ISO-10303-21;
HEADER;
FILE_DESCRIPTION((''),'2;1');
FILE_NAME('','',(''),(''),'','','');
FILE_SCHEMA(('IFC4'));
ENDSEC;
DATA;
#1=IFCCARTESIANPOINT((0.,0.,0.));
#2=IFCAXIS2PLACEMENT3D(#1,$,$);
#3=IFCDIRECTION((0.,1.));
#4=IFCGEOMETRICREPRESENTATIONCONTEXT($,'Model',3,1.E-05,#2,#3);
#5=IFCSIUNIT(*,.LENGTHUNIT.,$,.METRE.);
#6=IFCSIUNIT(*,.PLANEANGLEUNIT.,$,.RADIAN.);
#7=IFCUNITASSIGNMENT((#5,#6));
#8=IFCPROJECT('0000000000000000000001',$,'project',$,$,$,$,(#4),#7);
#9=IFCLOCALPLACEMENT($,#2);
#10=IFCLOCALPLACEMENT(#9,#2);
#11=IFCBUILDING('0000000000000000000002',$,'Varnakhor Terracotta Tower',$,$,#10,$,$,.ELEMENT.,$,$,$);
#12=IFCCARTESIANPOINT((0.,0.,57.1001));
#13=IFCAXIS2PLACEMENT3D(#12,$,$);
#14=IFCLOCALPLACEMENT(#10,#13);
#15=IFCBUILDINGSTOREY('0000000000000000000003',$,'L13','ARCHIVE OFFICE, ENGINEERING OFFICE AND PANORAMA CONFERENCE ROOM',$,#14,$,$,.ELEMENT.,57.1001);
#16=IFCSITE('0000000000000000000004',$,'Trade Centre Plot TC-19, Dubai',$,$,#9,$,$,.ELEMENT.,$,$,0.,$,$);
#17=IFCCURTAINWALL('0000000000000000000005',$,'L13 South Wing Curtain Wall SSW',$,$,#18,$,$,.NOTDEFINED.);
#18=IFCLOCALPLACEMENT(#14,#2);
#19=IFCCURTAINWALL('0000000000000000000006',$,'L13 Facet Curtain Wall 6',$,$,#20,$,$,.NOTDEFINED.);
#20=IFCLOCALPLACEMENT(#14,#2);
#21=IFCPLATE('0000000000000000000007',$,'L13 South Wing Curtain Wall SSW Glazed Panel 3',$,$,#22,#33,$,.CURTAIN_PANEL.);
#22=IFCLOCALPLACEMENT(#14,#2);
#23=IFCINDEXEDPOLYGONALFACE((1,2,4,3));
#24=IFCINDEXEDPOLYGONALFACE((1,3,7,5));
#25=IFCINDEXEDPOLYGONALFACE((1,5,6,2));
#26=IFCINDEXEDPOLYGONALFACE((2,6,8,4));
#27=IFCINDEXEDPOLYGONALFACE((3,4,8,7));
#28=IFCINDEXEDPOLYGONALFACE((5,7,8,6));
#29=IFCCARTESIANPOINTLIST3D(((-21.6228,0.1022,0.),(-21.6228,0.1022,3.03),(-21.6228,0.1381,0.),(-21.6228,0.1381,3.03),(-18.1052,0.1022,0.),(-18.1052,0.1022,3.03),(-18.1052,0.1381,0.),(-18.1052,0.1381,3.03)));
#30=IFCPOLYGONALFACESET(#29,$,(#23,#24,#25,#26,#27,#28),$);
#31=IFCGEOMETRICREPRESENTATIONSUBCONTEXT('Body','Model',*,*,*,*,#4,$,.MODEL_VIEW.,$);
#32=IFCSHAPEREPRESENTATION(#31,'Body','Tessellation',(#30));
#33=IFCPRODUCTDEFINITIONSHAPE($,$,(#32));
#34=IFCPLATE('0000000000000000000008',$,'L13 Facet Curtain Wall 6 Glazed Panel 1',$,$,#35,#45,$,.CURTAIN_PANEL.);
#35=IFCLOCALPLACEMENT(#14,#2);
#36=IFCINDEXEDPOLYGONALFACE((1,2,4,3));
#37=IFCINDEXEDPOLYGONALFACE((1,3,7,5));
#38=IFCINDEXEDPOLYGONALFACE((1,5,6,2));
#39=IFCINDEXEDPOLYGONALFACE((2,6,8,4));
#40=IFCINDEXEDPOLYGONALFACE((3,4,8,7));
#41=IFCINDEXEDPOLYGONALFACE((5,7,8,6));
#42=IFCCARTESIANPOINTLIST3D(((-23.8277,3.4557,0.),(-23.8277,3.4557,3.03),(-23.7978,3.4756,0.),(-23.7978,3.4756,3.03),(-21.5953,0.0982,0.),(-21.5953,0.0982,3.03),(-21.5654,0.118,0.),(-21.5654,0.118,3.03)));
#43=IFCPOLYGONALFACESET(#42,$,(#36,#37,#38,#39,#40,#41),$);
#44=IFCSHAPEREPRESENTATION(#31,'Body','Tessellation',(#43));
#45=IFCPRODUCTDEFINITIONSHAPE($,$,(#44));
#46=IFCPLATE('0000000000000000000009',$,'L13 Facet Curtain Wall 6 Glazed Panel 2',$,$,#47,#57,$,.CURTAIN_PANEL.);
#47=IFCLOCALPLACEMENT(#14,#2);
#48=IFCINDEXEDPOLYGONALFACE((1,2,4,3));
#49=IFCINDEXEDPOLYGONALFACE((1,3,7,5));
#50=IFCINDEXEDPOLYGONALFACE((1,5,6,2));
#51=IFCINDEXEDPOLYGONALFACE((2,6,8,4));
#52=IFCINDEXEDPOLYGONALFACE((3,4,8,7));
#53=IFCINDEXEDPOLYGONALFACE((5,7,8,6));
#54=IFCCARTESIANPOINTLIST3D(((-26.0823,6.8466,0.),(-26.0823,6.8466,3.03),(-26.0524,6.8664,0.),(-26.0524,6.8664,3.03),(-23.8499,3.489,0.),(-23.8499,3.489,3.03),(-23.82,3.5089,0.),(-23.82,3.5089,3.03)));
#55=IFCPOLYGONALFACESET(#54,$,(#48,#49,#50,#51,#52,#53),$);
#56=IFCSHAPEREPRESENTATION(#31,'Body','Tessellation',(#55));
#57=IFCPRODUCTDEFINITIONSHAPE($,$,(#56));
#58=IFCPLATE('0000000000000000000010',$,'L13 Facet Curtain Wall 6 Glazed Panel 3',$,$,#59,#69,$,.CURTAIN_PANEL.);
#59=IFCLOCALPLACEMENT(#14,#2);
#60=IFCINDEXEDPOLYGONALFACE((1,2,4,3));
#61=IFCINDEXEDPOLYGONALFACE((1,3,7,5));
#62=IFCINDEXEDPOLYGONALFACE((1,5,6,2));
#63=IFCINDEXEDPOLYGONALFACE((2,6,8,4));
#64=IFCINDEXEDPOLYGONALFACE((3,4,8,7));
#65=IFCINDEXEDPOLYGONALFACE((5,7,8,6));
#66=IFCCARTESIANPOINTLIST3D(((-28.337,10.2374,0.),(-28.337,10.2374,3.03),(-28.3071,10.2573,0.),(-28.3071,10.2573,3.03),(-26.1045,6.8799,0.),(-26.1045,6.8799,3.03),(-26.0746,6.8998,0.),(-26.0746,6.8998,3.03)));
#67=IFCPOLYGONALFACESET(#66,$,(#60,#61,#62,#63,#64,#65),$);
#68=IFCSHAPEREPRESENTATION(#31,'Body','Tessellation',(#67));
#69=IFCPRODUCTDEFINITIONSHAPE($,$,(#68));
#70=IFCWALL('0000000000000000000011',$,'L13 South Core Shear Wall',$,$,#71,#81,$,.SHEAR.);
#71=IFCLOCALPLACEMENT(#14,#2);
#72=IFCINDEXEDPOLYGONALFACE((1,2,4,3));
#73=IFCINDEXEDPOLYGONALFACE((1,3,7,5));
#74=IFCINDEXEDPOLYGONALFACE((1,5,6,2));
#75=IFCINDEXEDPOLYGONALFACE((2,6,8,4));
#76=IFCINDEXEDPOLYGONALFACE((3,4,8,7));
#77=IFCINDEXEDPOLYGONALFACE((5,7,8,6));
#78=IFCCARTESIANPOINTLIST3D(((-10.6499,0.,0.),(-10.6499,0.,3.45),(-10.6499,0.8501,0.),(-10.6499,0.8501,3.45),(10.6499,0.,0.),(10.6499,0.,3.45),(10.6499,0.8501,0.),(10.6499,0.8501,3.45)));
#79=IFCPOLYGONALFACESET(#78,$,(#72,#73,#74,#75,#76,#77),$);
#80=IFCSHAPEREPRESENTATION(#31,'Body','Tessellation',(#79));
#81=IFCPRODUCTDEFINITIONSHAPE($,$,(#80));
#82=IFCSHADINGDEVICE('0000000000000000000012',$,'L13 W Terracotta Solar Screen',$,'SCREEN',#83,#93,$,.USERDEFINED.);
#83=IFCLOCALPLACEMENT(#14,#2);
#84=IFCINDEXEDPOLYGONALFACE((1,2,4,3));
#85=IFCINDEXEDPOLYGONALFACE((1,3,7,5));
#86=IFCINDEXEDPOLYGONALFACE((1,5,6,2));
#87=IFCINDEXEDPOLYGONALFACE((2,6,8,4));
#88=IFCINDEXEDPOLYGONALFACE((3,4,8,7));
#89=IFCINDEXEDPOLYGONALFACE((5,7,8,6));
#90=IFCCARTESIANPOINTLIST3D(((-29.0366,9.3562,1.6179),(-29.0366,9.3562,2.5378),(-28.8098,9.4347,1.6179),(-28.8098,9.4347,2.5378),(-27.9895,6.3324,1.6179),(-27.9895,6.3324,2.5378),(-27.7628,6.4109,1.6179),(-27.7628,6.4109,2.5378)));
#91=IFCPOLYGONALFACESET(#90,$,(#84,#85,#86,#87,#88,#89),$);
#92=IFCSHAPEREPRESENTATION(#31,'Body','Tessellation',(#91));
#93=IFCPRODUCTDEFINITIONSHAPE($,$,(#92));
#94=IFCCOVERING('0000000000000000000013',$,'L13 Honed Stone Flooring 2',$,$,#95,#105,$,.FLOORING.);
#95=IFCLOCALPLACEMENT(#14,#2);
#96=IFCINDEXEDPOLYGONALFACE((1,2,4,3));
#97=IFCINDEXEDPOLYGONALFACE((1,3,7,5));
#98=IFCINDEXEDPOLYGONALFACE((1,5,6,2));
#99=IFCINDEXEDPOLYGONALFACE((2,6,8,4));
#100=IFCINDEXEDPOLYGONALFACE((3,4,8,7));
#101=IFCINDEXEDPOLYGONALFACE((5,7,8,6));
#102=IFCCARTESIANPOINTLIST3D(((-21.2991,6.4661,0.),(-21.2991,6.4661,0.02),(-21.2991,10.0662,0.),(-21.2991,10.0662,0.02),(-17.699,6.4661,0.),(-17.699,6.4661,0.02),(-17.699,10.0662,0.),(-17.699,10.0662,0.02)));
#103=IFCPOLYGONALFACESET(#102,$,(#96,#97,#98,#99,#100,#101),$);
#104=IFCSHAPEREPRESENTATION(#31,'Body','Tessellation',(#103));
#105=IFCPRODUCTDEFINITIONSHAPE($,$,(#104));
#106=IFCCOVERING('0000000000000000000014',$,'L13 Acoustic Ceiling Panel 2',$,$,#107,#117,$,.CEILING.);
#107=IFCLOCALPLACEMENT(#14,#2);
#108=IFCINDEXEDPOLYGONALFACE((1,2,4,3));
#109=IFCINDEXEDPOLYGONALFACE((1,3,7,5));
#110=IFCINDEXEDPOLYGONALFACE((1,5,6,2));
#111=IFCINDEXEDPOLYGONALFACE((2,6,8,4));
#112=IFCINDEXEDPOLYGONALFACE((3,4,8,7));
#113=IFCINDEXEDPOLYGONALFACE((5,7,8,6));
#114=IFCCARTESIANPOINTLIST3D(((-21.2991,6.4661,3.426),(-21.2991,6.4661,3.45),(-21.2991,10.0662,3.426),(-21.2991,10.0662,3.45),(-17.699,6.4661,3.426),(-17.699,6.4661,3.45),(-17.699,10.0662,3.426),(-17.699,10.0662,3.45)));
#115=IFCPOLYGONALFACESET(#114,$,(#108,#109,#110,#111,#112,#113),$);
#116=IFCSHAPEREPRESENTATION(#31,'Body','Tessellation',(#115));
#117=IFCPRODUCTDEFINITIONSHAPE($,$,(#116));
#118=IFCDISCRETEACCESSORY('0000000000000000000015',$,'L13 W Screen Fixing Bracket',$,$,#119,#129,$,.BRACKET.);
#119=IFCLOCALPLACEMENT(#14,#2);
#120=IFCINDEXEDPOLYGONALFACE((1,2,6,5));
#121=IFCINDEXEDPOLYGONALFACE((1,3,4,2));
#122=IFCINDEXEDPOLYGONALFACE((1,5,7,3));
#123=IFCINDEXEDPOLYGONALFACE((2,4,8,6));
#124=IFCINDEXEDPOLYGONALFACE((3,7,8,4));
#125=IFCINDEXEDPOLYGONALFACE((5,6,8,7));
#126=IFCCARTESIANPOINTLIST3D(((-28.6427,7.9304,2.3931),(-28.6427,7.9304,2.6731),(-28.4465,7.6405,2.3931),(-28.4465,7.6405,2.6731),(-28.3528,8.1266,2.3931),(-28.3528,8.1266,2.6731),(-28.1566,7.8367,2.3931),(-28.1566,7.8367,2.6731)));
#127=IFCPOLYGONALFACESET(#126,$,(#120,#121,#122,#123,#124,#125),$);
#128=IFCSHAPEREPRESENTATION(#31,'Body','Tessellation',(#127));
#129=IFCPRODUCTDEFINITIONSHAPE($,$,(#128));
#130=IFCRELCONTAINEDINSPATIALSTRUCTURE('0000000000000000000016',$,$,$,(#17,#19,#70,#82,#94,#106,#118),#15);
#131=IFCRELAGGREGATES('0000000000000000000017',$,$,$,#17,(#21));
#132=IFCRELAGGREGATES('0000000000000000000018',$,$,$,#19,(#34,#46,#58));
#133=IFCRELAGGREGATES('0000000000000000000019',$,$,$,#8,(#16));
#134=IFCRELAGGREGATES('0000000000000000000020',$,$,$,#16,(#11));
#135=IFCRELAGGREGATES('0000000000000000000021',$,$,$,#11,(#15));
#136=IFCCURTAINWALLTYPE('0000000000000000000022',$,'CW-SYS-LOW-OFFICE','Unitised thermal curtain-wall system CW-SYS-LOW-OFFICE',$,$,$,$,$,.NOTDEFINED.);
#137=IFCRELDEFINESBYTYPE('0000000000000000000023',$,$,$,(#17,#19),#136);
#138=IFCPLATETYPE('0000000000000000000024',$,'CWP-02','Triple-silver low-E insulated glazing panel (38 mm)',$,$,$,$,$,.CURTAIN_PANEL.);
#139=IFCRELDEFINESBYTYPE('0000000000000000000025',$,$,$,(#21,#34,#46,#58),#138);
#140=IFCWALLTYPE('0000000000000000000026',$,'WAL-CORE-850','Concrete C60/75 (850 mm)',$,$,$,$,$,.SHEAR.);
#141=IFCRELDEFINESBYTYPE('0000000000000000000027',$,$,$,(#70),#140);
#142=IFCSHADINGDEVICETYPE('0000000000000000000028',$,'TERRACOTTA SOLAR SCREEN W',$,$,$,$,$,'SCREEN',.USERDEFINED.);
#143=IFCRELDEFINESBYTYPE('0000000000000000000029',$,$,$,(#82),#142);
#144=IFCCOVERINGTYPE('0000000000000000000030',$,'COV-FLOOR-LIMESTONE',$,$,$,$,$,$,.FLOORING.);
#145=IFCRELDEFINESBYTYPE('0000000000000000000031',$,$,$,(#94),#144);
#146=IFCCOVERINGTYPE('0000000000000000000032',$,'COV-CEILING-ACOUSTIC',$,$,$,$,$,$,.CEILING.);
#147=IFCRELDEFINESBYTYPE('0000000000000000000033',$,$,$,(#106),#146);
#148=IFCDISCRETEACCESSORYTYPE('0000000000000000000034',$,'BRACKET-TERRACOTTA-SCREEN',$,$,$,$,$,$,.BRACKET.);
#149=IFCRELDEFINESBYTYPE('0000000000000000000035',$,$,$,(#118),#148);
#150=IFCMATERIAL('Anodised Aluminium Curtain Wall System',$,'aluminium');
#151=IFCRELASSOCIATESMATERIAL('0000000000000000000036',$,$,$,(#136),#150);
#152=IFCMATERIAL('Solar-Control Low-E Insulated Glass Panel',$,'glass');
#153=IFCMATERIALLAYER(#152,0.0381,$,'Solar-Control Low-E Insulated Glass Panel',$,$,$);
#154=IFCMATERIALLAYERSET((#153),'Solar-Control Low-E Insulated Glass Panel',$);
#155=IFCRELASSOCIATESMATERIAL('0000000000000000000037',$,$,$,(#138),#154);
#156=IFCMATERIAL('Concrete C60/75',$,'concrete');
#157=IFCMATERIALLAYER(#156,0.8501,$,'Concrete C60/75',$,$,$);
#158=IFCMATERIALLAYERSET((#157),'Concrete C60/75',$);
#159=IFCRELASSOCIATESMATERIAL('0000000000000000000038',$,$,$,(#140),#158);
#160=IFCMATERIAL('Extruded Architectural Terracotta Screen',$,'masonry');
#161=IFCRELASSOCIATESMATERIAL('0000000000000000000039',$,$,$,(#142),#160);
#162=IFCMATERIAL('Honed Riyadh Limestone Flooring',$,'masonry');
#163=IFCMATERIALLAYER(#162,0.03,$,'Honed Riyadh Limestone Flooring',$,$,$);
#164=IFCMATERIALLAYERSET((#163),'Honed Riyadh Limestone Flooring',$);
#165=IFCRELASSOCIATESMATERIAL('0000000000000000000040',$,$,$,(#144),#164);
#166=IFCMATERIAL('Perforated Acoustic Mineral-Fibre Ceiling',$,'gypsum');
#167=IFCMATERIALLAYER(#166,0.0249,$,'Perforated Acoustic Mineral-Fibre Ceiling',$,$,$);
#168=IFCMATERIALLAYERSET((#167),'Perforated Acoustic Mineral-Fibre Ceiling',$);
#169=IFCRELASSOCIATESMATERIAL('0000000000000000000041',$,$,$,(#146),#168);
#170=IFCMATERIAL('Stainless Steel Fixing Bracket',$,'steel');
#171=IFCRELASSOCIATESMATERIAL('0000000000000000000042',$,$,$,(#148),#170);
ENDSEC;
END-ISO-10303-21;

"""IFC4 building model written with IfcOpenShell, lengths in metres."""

from ifc_helpers import new_model, si_unit, direction, frame, frame_2d, origin, origin_2d, place, context, subcontext, project, spatial, rectangle, extrude, source, transform, mapped, material, layer, layer_set, type_object, type_shapes, element, aggregate, save


model = new_model("IFC4")

# Units and contexts
model_context = context("Model", 3, precision=1e-05, world=origin(), true_north=direction((0.0, 1.0)))
body_context = subcontext(model_context, "Body", "Model", "MODEL_VIEW")
ifc_project = project(units=[si_unit("LENGTHUNIT", "METRE"), si_unit("PLANEANGLEUNIT", "RADIAN")], contexts=[model_context])

# Site, building, storey
site_placement = place(None, origin())
site = spatial("IfcSite", under=ifc_project, at=site_placement, Name="Trade Centre Plot TC-19, Dubai", CompositionType="ELEMENT", RefElevation=0.0)
building_placement = place(site_placement, origin())
building = spatial("IfcBuilding", under=site, at=building_placement, Name="Varnakhor Terracotta Tower", CompositionType="ELEMENT")
storey_placement = place(building_placement, frame((0.0, 0.0, 57.1001)))
storey = spatial("IfcBuildingStorey", under=building, at=storey_placement, Name="L13", Description="ARCHIVE OFFICE, ENGINEERING OFFICE AND PANORAMA CONFERENCE ROOM", CompositionType="ELEMENT", Elevation=57.1001)

# Shared definitions
ifc_material_1 = material(Name="Anodised Aluminium Curtain Wall System", Category="aluminium")
curtain_wall_type = type_object("IfcCurtainWallType", Name="CW-SYS-LOW-OFFICE", Description="Unitised thermal curtain-wall system CW-SYS-LOW-OFFICE", PredefinedType="NOTDEFINED", material=ifc_material_1)

# Curtain walls
curtain_wall_1_placement = place(storey_placement, origin())
curtain_wall_1 = element("IfcCurtainWall", 1, at=curtain_wall_1_placement, inside=storey, type_object=curtain_wall_type, Name="L13 South Wing Curtain Wall SSW", PredefinedType="NOTDEFINED")
curtain_wall_2_placement = place(storey_placement, origin())
curtain_wall_2 = element("IfcCurtainWall", 2, at=curtain_wall_2_placement, inside=storey, type_object=curtain_wall_type, Name="L13 Facet Curtain Wall 6", PredefinedType="NOTDEFINED")

# Plates
ifc_material_2 = material(Name="Solar-Control Low-E Insulated Glass Panel", Category="glass")
ifc_layer_1 = layer(ifc_material_2, 0.0381, Name="Solar-Control Low-E Insulated Glass Panel")
ifc_layer_set_1 = layer_set([ifc_layer_1], Name="Solar-Control Low-E Insulated Glass Panel")
plate_type = type_object("IfcPlateType", Name="CWP-02", Description="Triple-silver low-E insulated glazing panel (38 mm)", PredefinedType="CURTAIN_PANEL", material=ifc_layer_set_1)
shared_shape_1 = source(origin(), body_context, "Body", "SweptSolid", [
    extrude(rectangle(XDim=3.5176, YDim=0.0359, at=origin_2d()), origin(), (0.0, 0.0, 1.0), 3.03),
])
plate_1_placement = place(storey_placement, frame((-19.864, 0.1201, 0.0), z_axis=(0.0, 0.0, 1.0), x_axis=(-1.0, 0.0, 0.0)))
plate_1 = element("IfcPlate", 3, at=plate_1_placement, type_object=plate_type, Name="L13 South Wing Curtain Wall SSW Glazed Panel 3", PredefinedType="CURTAIN_PANEL", context=body_context, shape_type="MappedRepresentation", body=[
    mapped(shared_shape_1, transform((0.0, 0.0, 0.0), scale=1.0)),
])
aggregate(curtain_wall_1, [plate_1])
shared_shape_2 = source(origin(), body_context, "Body", "SweptSolid", [
    extrude(rectangle(XDim=4.032, YDim=0.0359, at=origin_2d()), origin(), (0.0, 0.0, 1.0), 3.03),
])
plate_2_placement = place(storey_placement, frame((-22.6965, 1.7869, 0.0), z_axis=(0.0, 0.0, 1.0), x_axis=(-0.553682, 0.832728, 0.0)))
plate_2 = element("IfcPlate", 4, at=plate_2_placement, type_object=plate_type, Name="L13 Facet Curtain Wall 6 Glazed Panel 1", PredefinedType="CURTAIN_PANEL", context=body_context, shape_type="MappedRepresentation", body=[
    mapped(shared_shape_2, transform((0.0, 0.0, 0.0), scale=1.0)),
])
plate_3_placement = place(storey_placement, frame((-24.9512, 5.1777, 0.0), z_axis=(0.0, 0.0, 1.0), x_axis=(-0.553682, 0.832728, 0.0)))
plate_3 = element("IfcPlate", 5, at=plate_3_placement, type_object=plate_type, Name="L13 Facet Curtain Wall 6 Glazed Panel 2", PredefinedType="CURTAIN_PANEL", context=body_context, shape_type="MappedRepresentation", body=[
    mapped(shared_shape_2, transform((0.0, 0.0, 0.0), scale=1.0)),
])
plate_4_placement = place(storey_placement, frame((-27.2058, 8.5686, 0.0), z_axis=(0.0, 0.0, 1.0), x_axis=(-0.553682, 0.832728, 0.0)))
plate_4 = element("IfcPlate", 6, at=plate_4_placement, type_object=plate_type, Name="L13 Facet Curtain Wall 6 Glazed Panel 3", PredefinedType="CURTAIN_PANEL", context=body_context, shape_type="MappedRepresentation", body=[
    mapped(shared_shape_2, transform((0.0, 0.0, 0.0), scale=1.0)),
])
aggregate(curtain_wall_2, [plate_2, plate_3, plate_4])

# Wall
ifc_material_3 = material(Name="Concrete C60/75", Category="concrete")
ifc_layer_2 = layer(ifc_material_3, 0.8501, Name="Concrete C60/75")
ifc_layer_set_2 = layer_set([ifc_layer_2], Name="Concrete C60/75")
wall_type = type_object("IfcWallType", Name="WAL-CORE-850", Description="Concrete C60/75 (850 mm)", PredefinedType="SHEAR", material=ifc_layer_set_2)
wall_placement = place(storey_placement, frame((-10.6499, 0.425, 0.0), z_axis=(0.0, 0.0, 1.0), x_axis=(1.0, 0.0, 0.0)))
element("IfcWall", 7, at=wall_placement, inside=storey, type_object=wall_type, Name="L13 South Core Shear Wall", PredefinedType="SHEAR", context=body_context, shape_type="SweptSolid", body=[
    extrude(rectangle(XDim=21.2998, YDim=0.8501, at=frame_2d((10.6499, 0.0))), origin(), (0.0, 0.0, 1.0), 3.45),
])

# Shading device
ifc_material_4 = material(Name="Extruded Architectural Terracotta Screen", Category="masonry")
shading_device_type = type_object("IfcShadingDeviceType", Name="TERRACOTTA SOLAR SCREEN W", ElementType="SCREEN", PredefinedType="USERDEFINED", material=ifc_material_4)
shared_shape_3 = source(origin(), body_context, "Body", "SweptSolid", [
    extrude(rectangle(XDim=3.2, YDim=0.24, at=origin_2d()), origin(), (0.0, 0.0, 1.0), 0.9199),
])
type_shapes(shading_device_type, [shared_shape_3])
shading_device_placement = place(storey_placement, frame((-28.3997, 7.8835, 1.6179), z_axis=(0.0, 0.0, 1.0), x_axis=(0.327201, -0.944955, 0.0)))
element("IfcShadingDevice", 8, at=shading_device_placement, inside=storey, type_object=shading_device_type, Name="L13 W Terracotta Solar Screen", ObjectType="SCREEN", PredefinedType="USERDEFINED", context=body_context, shape_type="MappedRepresentation", body=[
    mapped(shared_shape_3, transform((0.0, 0.0, 0.0), scale=1.0)),
])

# Coverings
ifc_material_5 = material(Name="Honed Riyadh Limestone Flooring", Category="masonry")
ifc_layer_3 = layer(ifc_material_5, 0.03, Name="Honed Riyadh Limestone Flooring")
ifc_layer_set_3 = layer_set([ifc_layer_3], Name="Honed Riyadh Limestone Flooring")
covering_type_1 = type_object("IfcCoveringType", Name="COV-FLOOR-LIMESTONE", PredefinedType="FLOORING", material=ifc_layer_set_3)
shared_shape_4 = source(origin(), body_context, "Body", "SweptSolid", [
    extrude(rectangle(XDim=3.6001, YDim=3.6001, at=origin_2d()), origin(), (0.0, 0.0, 1.0), 0.02),
])
covering_1_placement = place(storey_placement, frame((-19.499, 8.2661, 0.0), z_axis=(0.0, 0.0, 1.0), x_axis=(1.0, 0.0, 0.0)))
element("IfcCovering", 9, at=covering_1_placement, inside=storey, type_object=covering_type_1, Name="L13 Honed Stone Flooring 2", PredefinedType="FLOORING", context=body_context, shape_type="MappedRepresentation", body=[
    mapped(shared_shape_4, transform((0.0, 0.0, 0.0), scale=1.0)),
])
ifc_material_6 = material(Name="Perforated Acoustic Mineral-Fibre Ceiling", Category="gypsum")
ifc_layer_4 = layer(ifc_material_6, 0.0249, Name="Perforated Acoustic Mineral-Fibre Ceiling")
ifc_layer_set_4 = layer_set([ifc_layer_4], Name="Perforated Acoustic Mineral-Fibre Ceiling")
covering_type_2 = type_object("IfcCoveringType", Name="COV-CEILING-ACOUSTIC", PredefinedType="CEILING", material=ifc_layer_set_4)
shared_shape_5 = source(origin(), body_context, "Body", "SweptSolid", [
    extrude(rectangle(XDim=3.6001, YDim=3.6001, at=origin_2d()), origin(), (0.0, 0.0, 1.0), 0.0239),
])
covering_2_placement = place(storey_placement, frame((-19.499, 8.2661, 3.426), z_axis=(0.0, 0.0, 1.0), x_axis=(1.0, 0.0, 0.0)))
element("IfcCovering", 10, at=covering_2_placement, inside=storey, type_object=covering_type_2, Name="L13 Acoustic Ceiling Panel 2", PredefinedType="CEILING", context=body_context, shape_type="MappedRepresentation", body=[
    mapped(shared_shape_5, transform((0.0, 0.0, 0.0), scale=1.0)),
])

# Discrete accessory
ifc_material_7 = material(Name="Stainless Steel Fixing Bracket", Category="steel")
discrete_accessory_type = type_object("IfcDiscreteAccessoryType", Name="BRACKET-TERRACOTTA-SCREEN", PredefinedType="BRACKET", material=ifc_material_7)
shared_shape_6 = source(origin(), body_context, "Body", "SweptSolid", [
    extrude(rectangle(XDim=0.3501, YDim=0.3501, at=origin_2d()), origin(), (0.0, 0.0, 1.0), 0.28),
])
type_shapes(discrete_accessory_type, [shared_shape_6])
discrete_accessory_placement = place(storey_placement, frame((-28.3997, 7.8835, 2.3931), z_axis=(0.0, 0.0, 1.0), x_axis=(0.560625, -0.82807, 0.0)))
element("IfcDiscreteAccessory", 11, at=discrete_accessory_placement, inside=storey, type_object=discrete_accessory_type, Name="L13 W Screen Fixing Bracket", PredefinedType="BRACKET", context=body_context, shape_type="MappedRepresentation", body=[
    mapped(shared_shape_6, transform((0.0, 0.0, 0.0), scale=1.0)),
])

save(model, "model.ifc")
